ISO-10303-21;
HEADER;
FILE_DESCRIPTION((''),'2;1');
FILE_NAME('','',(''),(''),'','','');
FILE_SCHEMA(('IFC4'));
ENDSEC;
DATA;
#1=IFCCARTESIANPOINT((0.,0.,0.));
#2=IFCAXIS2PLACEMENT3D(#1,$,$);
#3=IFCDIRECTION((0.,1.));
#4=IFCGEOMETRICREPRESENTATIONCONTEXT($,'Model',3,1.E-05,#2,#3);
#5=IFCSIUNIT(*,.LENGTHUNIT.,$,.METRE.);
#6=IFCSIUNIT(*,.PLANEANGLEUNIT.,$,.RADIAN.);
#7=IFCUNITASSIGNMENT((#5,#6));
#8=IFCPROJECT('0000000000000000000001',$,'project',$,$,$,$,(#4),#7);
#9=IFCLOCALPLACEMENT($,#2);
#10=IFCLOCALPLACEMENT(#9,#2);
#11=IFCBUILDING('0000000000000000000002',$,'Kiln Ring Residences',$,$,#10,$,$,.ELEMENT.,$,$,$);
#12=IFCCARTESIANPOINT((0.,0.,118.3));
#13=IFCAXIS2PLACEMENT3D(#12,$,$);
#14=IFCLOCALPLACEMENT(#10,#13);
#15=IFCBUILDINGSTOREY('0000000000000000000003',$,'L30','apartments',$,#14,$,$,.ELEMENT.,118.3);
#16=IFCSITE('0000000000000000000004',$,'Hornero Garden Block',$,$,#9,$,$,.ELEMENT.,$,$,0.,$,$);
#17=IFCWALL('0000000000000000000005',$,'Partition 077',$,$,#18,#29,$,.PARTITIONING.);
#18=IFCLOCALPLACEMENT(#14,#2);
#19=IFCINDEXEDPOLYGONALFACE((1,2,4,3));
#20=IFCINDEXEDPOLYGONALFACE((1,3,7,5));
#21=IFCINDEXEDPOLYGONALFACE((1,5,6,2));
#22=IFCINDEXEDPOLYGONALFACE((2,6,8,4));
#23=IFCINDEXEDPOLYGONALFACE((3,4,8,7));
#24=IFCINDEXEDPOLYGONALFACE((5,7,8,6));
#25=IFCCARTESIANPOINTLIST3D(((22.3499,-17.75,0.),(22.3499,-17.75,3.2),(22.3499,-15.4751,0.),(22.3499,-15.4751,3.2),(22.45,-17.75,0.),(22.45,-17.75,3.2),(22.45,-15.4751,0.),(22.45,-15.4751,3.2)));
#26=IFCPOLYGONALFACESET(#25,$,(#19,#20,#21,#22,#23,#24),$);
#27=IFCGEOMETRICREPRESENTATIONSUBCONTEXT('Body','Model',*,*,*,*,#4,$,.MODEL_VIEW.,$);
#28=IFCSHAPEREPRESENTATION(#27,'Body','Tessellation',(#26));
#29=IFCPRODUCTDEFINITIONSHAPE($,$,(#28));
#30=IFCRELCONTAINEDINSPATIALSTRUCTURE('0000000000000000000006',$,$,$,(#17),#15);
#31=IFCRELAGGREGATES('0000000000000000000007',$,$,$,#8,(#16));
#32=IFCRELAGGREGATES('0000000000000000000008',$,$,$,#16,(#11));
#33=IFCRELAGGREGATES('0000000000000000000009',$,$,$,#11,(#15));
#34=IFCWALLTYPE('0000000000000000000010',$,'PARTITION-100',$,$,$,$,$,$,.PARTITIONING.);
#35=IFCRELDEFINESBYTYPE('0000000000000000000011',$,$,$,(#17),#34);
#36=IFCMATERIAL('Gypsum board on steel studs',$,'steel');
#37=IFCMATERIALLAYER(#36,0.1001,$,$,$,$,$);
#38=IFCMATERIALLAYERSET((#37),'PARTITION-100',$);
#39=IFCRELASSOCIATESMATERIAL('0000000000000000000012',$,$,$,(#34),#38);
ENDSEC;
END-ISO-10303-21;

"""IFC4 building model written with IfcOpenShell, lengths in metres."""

from ifc_helpers import new_model, si_unit, direction, frame, frame_2d, origin, place, context, subcontext, project, spatial, rectangle, extrude, material, layer, layer_set, type_object, element, save


model = new_model("IFC4")

# Units and contexts
model_context = context("Model", 3, precision=1e-05, world=origin(), true_north=direction((0.0, 1.0)))
body_context = subcontext(model_context, "Body", "Model", "MODEL_VIEW")
ifc_project = project(units=[si_unit("LENGTHUNIT", "METRE"), si_unit("PLANEANGLEUNIT", "RADIAN")], contexts=[model_context])

# Site, building, storey
site_placement = place(None, origin())
site = spatial("IfcSite", under=ifc_project, at=site_placement, Name="Hornero Garden Block", CompositionType="ELEMENT", RefElevation=0.0)
building_placement = place(site_placement, origin())
building = spatial("IfcBuilding", under=site, at=building_placement, Name="Kiln Ring Residences", CompositionType="ELEMENT")
storey_placement = place(building_placement, frame((0.0, 0.0, 118.3)))
storey = spatial("IfcBuildingStorey", under=building, at=storey_placement, Name="L30", Description="apartments", CompositionType="ELEMENT", Elevation=118.3)

# Shared definitions
ifc_material_1 = material(Name="Gypsum board on steel studs", Category="steel")
ifc_layer_1 = layer(ifc_material_1, 0.1001)
ifc_layer_set_1 = layer_set([ifc_layer_1], Name="PARTITION-100")
wall_type_1 = type_object("IfcWallType", Name="PARTITION-100", PredefinedType="PARTITIONING", material=ifc_layer_set_1)

# Wall
wall_1_placement = place(storey_placement, frame((22.3999, -17.75, 0.0), z_axis=(0.0, 0.0, 1.0), x_axis=(0.0, 1.0, 0.0)))
element("IfcWall", 1, at=wall_1_placement, inside=storey, type_object=wall_type_1, Name="Partition 077", PredefinedType="PARTITIONING", context=body_context, shape_type="SweptSolid", body=[
    extrude(rectangle(XDim=2.2749, YDim=0.1001, at=frame_2d((1.1375, 0.0))), origin(), (0.0, 0.0, 1.0), 3.2),
])

save(model, "model.ifc")
